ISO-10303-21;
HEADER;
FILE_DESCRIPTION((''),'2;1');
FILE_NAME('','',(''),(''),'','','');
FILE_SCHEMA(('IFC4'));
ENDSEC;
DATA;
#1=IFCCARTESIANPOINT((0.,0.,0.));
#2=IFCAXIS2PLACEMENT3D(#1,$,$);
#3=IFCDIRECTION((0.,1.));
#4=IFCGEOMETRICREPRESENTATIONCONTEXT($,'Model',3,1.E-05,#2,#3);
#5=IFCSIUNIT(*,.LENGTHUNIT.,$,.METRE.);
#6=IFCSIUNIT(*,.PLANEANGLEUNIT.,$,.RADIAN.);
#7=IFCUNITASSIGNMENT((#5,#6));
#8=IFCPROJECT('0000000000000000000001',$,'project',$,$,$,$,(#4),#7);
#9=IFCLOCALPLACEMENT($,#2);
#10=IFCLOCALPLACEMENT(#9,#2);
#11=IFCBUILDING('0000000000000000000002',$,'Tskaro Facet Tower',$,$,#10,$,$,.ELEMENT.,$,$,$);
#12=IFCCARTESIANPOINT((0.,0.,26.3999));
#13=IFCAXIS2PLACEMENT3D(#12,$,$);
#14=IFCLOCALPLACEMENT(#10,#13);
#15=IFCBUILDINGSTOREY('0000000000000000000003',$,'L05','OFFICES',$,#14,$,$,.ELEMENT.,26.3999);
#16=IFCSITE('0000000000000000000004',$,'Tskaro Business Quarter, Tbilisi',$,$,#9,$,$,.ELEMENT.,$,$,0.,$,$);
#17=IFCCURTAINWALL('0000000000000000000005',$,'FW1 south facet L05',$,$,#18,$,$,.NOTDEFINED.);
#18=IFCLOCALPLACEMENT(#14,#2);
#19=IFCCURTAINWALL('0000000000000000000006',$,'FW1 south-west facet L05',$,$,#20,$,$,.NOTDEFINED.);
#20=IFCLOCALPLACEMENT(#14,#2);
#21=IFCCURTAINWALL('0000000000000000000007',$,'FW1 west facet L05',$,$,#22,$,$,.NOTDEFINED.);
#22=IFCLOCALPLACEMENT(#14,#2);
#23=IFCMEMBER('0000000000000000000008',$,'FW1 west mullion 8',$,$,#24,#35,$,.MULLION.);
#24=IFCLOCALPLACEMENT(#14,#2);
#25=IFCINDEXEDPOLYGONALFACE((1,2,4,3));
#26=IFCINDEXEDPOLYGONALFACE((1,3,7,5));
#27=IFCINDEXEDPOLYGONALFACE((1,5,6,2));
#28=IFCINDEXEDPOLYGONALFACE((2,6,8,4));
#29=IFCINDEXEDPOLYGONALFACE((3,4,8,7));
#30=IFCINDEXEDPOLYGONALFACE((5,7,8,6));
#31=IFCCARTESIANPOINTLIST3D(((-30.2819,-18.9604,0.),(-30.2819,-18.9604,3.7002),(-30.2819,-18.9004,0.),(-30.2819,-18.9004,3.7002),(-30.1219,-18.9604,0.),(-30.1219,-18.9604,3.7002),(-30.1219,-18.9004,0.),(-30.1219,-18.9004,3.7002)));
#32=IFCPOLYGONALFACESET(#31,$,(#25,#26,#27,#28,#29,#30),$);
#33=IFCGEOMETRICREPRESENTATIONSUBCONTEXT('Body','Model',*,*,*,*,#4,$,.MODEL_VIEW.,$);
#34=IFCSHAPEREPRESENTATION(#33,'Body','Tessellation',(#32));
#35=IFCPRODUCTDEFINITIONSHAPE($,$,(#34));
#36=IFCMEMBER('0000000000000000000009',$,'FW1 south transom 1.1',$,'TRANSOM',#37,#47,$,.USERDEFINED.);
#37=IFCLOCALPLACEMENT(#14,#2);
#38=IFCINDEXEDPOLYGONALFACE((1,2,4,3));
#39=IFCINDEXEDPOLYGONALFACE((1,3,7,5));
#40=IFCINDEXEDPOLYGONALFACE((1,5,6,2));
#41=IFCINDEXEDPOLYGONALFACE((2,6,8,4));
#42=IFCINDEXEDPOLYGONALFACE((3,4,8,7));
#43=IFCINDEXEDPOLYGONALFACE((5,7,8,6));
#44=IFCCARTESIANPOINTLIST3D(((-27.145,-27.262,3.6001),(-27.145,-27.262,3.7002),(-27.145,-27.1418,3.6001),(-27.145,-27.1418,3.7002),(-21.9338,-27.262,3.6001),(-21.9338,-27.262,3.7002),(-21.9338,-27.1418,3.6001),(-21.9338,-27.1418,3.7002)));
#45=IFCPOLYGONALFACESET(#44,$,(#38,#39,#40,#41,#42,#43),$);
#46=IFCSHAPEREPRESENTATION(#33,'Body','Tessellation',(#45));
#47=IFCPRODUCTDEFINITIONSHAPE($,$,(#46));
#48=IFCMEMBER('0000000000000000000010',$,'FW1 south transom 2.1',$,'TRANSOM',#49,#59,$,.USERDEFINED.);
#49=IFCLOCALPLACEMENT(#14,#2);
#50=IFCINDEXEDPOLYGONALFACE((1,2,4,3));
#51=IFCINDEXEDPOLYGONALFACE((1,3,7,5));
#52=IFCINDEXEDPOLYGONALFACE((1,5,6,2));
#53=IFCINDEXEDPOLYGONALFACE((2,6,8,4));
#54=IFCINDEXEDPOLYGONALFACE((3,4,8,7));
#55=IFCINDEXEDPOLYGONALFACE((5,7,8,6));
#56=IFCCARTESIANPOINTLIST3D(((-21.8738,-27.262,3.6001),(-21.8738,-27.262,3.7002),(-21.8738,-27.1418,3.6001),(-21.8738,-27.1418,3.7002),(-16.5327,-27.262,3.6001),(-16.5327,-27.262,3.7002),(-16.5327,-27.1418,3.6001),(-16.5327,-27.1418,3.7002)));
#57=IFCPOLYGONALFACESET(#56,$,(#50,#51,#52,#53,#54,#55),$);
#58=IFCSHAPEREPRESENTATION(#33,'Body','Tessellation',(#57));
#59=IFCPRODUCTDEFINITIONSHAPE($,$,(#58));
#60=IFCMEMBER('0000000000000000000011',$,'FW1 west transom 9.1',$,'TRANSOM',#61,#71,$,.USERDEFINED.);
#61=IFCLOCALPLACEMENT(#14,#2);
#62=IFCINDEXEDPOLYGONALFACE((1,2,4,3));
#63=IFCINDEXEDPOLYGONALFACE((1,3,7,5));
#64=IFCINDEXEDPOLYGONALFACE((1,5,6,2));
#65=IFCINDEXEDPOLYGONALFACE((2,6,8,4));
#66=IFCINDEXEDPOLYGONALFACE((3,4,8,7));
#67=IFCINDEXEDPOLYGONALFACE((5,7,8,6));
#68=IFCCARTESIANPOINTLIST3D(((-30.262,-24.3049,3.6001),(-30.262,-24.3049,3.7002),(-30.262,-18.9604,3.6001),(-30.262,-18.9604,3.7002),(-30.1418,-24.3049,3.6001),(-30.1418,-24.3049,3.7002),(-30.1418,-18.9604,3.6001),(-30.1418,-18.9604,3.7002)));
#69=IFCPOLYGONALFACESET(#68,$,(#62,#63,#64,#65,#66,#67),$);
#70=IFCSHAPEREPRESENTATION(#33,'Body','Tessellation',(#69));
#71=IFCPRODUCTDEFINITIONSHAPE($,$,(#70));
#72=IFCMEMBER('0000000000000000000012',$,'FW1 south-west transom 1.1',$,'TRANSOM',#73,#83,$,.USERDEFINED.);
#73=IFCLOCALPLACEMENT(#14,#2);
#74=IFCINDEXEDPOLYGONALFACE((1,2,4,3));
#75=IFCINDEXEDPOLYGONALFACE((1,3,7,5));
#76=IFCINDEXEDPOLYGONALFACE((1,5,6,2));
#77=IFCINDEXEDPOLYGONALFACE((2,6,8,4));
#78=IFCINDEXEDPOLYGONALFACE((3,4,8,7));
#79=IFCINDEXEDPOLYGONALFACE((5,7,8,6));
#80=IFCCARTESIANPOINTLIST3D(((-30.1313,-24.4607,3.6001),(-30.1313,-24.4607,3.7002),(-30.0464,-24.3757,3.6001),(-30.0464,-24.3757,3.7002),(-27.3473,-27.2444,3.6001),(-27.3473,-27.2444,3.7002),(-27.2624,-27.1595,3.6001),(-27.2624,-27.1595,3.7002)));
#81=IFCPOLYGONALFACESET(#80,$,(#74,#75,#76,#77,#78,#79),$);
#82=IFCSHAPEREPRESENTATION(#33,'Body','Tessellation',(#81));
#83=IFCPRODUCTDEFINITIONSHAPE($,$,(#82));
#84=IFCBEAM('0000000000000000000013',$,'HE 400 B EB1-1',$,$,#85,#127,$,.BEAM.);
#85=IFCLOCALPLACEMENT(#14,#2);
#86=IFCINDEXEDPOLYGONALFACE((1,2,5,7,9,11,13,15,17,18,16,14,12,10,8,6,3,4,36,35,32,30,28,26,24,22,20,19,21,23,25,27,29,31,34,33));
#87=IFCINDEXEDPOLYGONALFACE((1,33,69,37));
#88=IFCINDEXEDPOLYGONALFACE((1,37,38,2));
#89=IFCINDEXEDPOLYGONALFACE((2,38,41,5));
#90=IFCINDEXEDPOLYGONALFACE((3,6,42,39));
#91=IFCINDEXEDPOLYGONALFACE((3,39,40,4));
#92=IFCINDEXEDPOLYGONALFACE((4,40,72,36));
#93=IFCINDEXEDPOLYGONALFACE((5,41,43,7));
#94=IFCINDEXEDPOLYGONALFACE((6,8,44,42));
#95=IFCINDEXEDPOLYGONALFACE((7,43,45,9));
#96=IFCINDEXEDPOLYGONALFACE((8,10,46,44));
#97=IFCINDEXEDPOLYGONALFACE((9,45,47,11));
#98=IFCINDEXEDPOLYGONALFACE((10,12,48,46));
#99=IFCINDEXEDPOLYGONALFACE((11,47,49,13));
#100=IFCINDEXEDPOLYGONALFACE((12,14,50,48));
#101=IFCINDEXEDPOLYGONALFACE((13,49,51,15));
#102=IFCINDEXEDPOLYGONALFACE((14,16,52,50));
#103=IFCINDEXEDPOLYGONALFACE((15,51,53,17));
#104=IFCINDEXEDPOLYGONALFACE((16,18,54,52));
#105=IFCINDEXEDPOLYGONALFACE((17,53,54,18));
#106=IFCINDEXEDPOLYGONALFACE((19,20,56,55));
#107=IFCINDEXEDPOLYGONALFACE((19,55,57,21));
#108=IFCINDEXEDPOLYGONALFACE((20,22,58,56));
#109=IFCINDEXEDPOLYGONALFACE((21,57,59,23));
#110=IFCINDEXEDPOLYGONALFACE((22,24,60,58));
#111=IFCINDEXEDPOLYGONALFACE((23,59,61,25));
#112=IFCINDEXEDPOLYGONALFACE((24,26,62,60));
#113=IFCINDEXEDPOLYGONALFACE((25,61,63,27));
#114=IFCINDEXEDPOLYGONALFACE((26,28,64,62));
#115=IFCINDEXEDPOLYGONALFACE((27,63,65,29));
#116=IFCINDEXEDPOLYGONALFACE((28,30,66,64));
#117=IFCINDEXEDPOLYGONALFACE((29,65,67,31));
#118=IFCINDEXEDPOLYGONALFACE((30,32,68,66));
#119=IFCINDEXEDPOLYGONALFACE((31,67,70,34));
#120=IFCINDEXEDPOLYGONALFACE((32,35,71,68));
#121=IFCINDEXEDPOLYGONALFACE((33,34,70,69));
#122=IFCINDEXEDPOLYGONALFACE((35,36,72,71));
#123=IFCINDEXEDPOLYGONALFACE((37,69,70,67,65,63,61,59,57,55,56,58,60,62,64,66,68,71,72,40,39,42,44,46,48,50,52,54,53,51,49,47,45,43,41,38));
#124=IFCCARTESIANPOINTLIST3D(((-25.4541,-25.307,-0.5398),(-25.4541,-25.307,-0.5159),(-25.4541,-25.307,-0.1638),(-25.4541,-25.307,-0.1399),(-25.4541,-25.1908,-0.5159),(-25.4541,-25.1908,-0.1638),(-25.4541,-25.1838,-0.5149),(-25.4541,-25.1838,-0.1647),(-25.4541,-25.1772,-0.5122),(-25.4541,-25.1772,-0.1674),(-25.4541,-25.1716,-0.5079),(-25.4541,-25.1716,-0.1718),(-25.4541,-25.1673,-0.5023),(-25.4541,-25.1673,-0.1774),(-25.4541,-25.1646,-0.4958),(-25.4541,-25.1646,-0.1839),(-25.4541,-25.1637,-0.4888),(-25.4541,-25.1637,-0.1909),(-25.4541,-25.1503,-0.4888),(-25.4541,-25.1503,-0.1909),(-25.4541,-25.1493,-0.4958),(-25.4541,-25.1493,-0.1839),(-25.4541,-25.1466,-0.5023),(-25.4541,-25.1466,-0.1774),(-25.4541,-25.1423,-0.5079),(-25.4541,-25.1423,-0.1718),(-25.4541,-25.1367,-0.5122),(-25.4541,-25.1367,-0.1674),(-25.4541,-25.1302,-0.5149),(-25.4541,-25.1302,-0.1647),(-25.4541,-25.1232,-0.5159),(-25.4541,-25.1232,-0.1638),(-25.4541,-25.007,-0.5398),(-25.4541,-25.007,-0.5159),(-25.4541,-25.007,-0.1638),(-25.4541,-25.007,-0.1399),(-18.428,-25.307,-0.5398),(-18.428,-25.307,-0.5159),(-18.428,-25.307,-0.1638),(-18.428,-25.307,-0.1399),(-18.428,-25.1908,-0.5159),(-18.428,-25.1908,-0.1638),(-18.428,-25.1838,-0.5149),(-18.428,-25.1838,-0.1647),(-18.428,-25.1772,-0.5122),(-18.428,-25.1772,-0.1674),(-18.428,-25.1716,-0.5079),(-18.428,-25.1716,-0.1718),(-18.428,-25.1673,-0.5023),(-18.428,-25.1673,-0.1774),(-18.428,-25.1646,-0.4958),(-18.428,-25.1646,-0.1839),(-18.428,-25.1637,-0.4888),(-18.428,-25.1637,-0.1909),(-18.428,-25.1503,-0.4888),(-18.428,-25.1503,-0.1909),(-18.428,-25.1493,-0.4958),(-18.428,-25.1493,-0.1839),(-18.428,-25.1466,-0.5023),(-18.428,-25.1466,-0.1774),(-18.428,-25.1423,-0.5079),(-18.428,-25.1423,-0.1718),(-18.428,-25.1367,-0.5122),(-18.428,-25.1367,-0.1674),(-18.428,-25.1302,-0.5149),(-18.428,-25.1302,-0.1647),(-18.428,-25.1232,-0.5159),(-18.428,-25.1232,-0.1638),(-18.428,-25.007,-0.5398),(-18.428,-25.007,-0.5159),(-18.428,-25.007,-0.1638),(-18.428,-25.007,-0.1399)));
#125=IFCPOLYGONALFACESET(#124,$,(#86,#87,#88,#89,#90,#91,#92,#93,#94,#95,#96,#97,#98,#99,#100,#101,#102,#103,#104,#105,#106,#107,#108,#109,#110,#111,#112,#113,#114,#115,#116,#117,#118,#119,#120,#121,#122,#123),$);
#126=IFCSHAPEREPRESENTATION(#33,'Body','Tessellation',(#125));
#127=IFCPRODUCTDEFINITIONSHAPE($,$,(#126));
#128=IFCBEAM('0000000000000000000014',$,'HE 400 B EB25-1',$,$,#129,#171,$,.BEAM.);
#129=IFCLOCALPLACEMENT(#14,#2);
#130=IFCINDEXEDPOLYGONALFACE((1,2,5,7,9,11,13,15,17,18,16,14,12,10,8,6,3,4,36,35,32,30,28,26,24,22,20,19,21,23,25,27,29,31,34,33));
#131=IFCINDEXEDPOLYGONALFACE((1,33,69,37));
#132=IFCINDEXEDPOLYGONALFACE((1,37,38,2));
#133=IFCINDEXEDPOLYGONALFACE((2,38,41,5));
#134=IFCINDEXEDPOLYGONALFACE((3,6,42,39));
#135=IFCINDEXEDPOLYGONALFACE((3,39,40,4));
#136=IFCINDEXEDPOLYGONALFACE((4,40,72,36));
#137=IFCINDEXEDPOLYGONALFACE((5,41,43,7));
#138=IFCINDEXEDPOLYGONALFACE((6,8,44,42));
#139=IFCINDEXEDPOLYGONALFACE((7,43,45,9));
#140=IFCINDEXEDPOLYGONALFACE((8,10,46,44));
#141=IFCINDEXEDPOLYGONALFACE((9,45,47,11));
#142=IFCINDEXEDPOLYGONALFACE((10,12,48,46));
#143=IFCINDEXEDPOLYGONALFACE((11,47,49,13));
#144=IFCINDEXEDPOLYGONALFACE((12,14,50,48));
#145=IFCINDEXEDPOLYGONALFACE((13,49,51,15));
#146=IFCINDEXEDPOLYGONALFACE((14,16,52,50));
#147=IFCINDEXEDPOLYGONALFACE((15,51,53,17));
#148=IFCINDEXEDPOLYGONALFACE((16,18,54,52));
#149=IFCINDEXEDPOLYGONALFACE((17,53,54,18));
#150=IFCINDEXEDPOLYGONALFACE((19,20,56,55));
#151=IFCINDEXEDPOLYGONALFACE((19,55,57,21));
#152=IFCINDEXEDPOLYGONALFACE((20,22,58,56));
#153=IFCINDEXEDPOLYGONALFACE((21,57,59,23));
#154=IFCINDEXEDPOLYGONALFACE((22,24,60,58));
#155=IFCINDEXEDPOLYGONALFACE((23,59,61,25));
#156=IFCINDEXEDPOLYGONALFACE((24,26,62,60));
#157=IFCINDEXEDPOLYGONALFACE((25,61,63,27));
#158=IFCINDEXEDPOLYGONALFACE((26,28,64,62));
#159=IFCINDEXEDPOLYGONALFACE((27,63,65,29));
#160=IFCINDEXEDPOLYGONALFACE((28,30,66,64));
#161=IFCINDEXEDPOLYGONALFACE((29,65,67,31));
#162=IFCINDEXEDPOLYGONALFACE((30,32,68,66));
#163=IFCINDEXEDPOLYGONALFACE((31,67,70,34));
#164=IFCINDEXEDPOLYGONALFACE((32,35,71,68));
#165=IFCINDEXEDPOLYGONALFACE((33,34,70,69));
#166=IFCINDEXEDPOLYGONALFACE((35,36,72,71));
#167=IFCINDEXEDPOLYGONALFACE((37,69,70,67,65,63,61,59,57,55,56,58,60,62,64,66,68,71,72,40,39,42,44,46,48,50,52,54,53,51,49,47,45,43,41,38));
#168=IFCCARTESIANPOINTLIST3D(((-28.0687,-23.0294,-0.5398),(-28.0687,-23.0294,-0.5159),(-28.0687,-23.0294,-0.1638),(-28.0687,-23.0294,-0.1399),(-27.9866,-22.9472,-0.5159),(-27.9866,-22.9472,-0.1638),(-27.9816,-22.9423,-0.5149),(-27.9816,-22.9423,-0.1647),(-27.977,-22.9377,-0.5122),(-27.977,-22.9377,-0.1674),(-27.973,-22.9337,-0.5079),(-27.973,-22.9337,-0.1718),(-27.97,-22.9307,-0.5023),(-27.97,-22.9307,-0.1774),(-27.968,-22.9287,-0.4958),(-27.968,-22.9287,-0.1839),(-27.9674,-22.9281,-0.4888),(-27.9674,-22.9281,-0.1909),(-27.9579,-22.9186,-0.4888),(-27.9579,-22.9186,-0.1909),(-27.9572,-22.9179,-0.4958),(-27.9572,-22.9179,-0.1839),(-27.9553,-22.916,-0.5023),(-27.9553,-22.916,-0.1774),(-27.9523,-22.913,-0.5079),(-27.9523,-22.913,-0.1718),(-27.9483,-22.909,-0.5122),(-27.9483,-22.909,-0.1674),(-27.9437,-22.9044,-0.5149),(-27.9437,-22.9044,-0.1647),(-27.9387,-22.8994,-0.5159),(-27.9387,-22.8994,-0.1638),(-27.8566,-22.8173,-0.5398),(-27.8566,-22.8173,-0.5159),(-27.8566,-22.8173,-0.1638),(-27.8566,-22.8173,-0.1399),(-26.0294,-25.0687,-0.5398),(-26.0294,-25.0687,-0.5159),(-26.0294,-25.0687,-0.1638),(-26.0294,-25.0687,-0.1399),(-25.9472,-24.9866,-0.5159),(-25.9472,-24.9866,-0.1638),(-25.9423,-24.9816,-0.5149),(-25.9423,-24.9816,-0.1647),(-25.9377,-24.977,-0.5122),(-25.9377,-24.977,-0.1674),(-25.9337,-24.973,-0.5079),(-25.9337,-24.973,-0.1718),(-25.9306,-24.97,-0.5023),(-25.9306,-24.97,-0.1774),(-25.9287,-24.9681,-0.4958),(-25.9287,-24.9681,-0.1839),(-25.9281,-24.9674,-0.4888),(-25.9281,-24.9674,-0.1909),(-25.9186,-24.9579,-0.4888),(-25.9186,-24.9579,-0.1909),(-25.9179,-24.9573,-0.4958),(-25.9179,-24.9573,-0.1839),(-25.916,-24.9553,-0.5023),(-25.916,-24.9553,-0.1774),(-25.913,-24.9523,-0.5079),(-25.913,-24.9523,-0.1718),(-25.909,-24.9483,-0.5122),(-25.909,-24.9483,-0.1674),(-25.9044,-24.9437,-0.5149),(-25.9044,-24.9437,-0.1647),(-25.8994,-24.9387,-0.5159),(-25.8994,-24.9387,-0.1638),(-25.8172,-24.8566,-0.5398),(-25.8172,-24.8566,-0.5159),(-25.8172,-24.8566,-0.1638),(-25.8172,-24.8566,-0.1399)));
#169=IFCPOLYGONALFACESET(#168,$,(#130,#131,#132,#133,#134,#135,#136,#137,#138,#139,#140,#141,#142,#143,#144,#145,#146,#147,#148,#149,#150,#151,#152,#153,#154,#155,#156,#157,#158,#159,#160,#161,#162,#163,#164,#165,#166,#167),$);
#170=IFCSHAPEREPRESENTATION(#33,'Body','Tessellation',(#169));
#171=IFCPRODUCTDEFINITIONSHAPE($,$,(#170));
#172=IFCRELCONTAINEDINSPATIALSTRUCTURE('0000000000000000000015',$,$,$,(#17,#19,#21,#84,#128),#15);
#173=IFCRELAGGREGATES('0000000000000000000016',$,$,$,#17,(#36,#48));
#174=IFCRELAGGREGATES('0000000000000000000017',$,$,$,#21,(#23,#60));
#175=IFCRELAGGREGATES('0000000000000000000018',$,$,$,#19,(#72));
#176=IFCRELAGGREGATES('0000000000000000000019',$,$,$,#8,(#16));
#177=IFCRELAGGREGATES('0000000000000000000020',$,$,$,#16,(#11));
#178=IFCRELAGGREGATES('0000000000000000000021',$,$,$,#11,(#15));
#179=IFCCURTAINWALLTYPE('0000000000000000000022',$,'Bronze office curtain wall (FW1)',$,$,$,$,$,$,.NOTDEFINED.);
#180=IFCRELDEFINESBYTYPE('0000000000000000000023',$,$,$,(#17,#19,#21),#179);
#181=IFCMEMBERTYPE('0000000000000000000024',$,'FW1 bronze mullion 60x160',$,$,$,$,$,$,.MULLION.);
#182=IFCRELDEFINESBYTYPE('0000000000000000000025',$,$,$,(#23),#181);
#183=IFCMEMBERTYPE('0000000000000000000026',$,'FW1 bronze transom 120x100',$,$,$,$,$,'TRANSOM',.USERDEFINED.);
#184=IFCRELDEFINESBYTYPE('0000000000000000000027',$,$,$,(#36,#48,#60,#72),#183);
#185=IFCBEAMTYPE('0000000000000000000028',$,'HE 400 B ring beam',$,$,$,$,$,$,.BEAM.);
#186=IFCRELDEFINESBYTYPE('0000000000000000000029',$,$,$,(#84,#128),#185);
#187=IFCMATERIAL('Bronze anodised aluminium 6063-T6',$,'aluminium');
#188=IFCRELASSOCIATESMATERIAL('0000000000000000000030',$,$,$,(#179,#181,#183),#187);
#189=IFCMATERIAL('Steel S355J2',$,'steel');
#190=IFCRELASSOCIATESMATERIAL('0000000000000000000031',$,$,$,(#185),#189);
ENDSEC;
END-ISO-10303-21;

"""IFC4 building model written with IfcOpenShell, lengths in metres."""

from ifc_helpers import new_model, si_unit, direction, frame, origin, origin_2d, place, context, subcontext, project, spatial, rectangle, i_section, extrude, material, material_profile, profile_set, type_object, element, aggregate, save


model = new_model("IFC4")

# Units and contexts
model_context = context("Model", 3, precision=1e-05, world=origin(), true_north=direction((0.0, 1.0)))
body_context = subcontext(model_context, "Body", "Model", "MODEL_VIEW")
ifc_project = project(units=[si_unit("LENGTHUNIT", "METRE"), si_unit("PLANEANGLEUNIT", "RADIAN")], contexts=[model_context])

# Site, building, storey
site_placement = place(None, origin())
site = spatial("IfcSite", under=ifc_project, at=site_placement, Name="Tskaro Business Quarter, Tbilisi", CompositionType="ELEMENT", RefElevation=0.0)
building_placement = place(site_placement, origin())
building = spatial("IfcBuilding", under=site, at=building_placement, Name="Tskaro Facet Tower", CompositionType="ELEMENT")
storey_placement = place(building_placement, frame((0.0, 0.0, 26.3999)))
storey = spatial("IfcBuildingStorey", under=building, at=storey_placement, Name="L05", Description="OFFICES", CompositionType="ELEMENT", Elevation=26.3999)

# Curtain walls
ifc_material_1 = material(Name="Bronze anodised aluminium 6063-T6", Category="aluminium")
curtain_wall_type = type_object("IfcCurtainWallType", Name="Bronze office curtain wall (FW1)", PredefinedType="NOTDEFINED", material=ifc_material_1)
curtain_wall_1_placement = place(storey_placement, origin())
curtain_wall_1 = element("IfcCurtainWall", 1, at=curtain_wall_1_placement, inside=storey, type_object=curtain_wall_type, Name="FW1 south facet L05", PredefinedType="NOTDEFINED")
curtain_wall_2_placement = place(storey_placement, origin())
curtain_wall_2 = element("IfcCurtainWall", 2, at=curtain_wall_2_placement, inside=storey, type_object=curtain_wall_type, Name="FW1 south-west facet L05", PredefinedType="NOTDEFINED")

# Shared definitions
ifc_material_profile_1 = material_profile(ifc_material_1, rectangle(XDim=0.0601, YDim=0.1599, at=origin_2d()), Name="Mullion 60x160")
ifc_profile_set_1 = profile_set([ifc_material_profile_1], Name="Bronze anodised aluminium 6063-T6")
member_type_1 = type_object("IfcMemberType", Name="FW1 bronze mullion 60x160", PredefinedType="MULLION", material=ifc_profile_set_1)

# Curtain wall, member
curtain_wall_3_placement = place(storey_placement, origin())
curtain_wall_3 = element("IfcCurtainWall", 3, at=curtain_wall_3_placement, inside=storey, type_object=curtain_wall_type, Name="FW1 west facet L05", PredefinedType="NOTDEFINED")
member_1_placement = place(storey_placement, frame((-30.2019, -18.9304, 0.0), z_axis=(0.0, 0.0, 1.0), x_axis=(0.0, -1.0, 0.0)))
member_1 = element("IfcMember", 4, at=member_1_placement, type_object=member_type_1, Name="FW1 west mullion 8", PredefinedType="MULLION", context=body_context, shape_type="SweptSolid", body=[
    extrude(rectangle(XDim=0.0601, YDim=0.1599, at=origin_2d()), origin(), (0.0, 0.0, 1.0), 3.7002),
])

# Members
ifc_material_profile_2 = material_profile(ifc_material_1, rectangle(XDim=0.1201, YDim=0.1001, at=origin_2d()), Name="Transom 120x100")
ifc_profile_set_2 = profile_set([ifc_material_profile_2], Name="Bronze anodised aluminium 6063-T6")
member_type_2 = type_object("IfcMemberType", Name="FW1 bronze transom 120x100", ElementType="TRANSOM", PredefinedType="USERDEFINED", material=ifc_profile_set_2)
member_2_placement = place(storey_placement, frame((-27.145, -27.2019, 3.6501), z_axis=(1.0, 0.0, 0.0), x_axis=(0.0, 1.0, 0.0)))
member_2 = element("IfcMember", 5, at=member_2_placement, type_object=member_type_2, Name="FW1 south transom 1.1", ObjectType="TRANSOM", PredefinedType="USERDEFINED", context=body_context, shape_type="SweptSolid", body=[
    extrude(rectangle(XDim=0.1201, YDim=0.1001, at=origin_2d()), origin(), (0.0, 0.0, 1.0), 5.2112),
])
member_3_placement = place(storey_placement, frame((-21.8738, -27.2019, 3.6501), z_axis=(1.0, 0.0, 0.0), x_axis=(0.0, 1.0, 0.0)))
member_3 = element("IfcMember", 6, at=member_3_placement, type_object=member_type_2, Name="FW1 south transom 2.1", ObjectType="TRANSOM", PredefinedType="USERDEFINED", context=body_context, shape_type="SweptSolid", body=[
    extrude(rectangle(XDim=0.1201, YDim=0.1001, at=origin_2d()), origin(), (0.0, 0.0, 1.0), 5.3411),
])
member_4_placement = place(storey_placement, frame((-30.2019, -18.9604, 3.6501), z_axis=(0.0, -1.0, 0.0), x_axis=(1.0, 0.0, 0.0)))
member_4 = element("IfcMember", 7, at=member_4_placement, type_object=member_type_2, Name="FW1 west transom 9.1", ObjectType="TRANSOM", PredefinedType="USERDEFINED", context=body_context, shape_type="SweptSolid", body=[
    extrude(rectangle(XDim=0.1201, YDim=0.1001, at=origin_2d()), origin(), (0.0, 0.0, 1.0), 5.3445),
])
member_5_placement = place(storey_placement, frame((-30.0889, -24.4182, 3.6501), z_axis=(0.707138, -0.707076, 0.0), x_axis=(0.707076, 0.707138, 0.0)))
member_5 = element("IfcMember", 8, at=member_5_placement, type_object=member_type_2, Name="FW1 south-west transom 1.1", ObjectType="TRANSOM", PredefinedType="USERDEFINED", context=body_context, shape_type="SweptSolid", body=[
    extrude(rectangle(XDim=0.1201, YDim=0.1001, at=origin_2d()), origin(), (0.0, 0.0, 1.0), 3.937),
])

# Beams
ifc_material_2 = material(Name="Steel S355J2", Category="steel")
ifc_material_profile_3 = material_profile(ifc_material_2, i_section(OverallWidth=0.3, OverallDepth=0.3999, WebThickness=0.0134, FlangeThickness=0.0239, FilletRadius=0.0271, at=origin_2d()), Name="HE 400 B")
ifc_profile_set_3 = profile_set([ifc_material_profile_3], Name="Steel S355J2")
beam_type_1 = type_object("IfcBeamType", Name="HE 400 B ring beam", PredefinedType="BEAM", material=ifc_profile_set_3)
beam_1_placement = place(storey_placement, frame((-25.4541, -25.157, -0.3398), z_axis=(1.0, 0.0, 0.0), x_axis=(0.0, 1.0, 0.0)))
element("IfcBeam", 9, at=beam_1_placement, inside=storey, type_object=beam_type_1, Name="HE 400 B EB1-1", PredefinedType="BEAM", context=body_context, shape_type="SweptSolid", body=[
    extrude(i_section(OverallWidth=0.3, OverallDepth=0.3999, WebThickness=0.0134, FlangeThickness=0.0239, FilletRadius=0.0271, at=origin_2d()), origin(), (0.0, 0.0, 1.0), 7.0261),
])
beam_2_placement = place(storey_placement, frame((-27.9626, -22.9233, -0.3398), z_axis=(0.707107, -0.707107, 0.0), x_axis=(0.707107, 0.707107, 0.0)))
element("IfcBeam", 10, at=beam_2_placement, inside=storey, type_object=beam_type_1, Name="HE 400 B EB25-1", PredefinedType="BEAM", context=body_context, shape_type="SweptSolid", body=[
    extrude(i_section(OverallWidth=0.3, OverallDepth=0.3999, WebThickness=0.0134, FlangeThickness=0.0239, FilletRadius=0.0271, at=origin_2d()), origin(), (0.0, 0.0, 1.0), 2.884),
])

aggregate(curtain_wall_1, [member_2, member_3])
aggregate(curtain_wall_3, [member_1, member_4])
aggregate(curtain_wall_2, [member_5])

save(model, "model.ifc")
